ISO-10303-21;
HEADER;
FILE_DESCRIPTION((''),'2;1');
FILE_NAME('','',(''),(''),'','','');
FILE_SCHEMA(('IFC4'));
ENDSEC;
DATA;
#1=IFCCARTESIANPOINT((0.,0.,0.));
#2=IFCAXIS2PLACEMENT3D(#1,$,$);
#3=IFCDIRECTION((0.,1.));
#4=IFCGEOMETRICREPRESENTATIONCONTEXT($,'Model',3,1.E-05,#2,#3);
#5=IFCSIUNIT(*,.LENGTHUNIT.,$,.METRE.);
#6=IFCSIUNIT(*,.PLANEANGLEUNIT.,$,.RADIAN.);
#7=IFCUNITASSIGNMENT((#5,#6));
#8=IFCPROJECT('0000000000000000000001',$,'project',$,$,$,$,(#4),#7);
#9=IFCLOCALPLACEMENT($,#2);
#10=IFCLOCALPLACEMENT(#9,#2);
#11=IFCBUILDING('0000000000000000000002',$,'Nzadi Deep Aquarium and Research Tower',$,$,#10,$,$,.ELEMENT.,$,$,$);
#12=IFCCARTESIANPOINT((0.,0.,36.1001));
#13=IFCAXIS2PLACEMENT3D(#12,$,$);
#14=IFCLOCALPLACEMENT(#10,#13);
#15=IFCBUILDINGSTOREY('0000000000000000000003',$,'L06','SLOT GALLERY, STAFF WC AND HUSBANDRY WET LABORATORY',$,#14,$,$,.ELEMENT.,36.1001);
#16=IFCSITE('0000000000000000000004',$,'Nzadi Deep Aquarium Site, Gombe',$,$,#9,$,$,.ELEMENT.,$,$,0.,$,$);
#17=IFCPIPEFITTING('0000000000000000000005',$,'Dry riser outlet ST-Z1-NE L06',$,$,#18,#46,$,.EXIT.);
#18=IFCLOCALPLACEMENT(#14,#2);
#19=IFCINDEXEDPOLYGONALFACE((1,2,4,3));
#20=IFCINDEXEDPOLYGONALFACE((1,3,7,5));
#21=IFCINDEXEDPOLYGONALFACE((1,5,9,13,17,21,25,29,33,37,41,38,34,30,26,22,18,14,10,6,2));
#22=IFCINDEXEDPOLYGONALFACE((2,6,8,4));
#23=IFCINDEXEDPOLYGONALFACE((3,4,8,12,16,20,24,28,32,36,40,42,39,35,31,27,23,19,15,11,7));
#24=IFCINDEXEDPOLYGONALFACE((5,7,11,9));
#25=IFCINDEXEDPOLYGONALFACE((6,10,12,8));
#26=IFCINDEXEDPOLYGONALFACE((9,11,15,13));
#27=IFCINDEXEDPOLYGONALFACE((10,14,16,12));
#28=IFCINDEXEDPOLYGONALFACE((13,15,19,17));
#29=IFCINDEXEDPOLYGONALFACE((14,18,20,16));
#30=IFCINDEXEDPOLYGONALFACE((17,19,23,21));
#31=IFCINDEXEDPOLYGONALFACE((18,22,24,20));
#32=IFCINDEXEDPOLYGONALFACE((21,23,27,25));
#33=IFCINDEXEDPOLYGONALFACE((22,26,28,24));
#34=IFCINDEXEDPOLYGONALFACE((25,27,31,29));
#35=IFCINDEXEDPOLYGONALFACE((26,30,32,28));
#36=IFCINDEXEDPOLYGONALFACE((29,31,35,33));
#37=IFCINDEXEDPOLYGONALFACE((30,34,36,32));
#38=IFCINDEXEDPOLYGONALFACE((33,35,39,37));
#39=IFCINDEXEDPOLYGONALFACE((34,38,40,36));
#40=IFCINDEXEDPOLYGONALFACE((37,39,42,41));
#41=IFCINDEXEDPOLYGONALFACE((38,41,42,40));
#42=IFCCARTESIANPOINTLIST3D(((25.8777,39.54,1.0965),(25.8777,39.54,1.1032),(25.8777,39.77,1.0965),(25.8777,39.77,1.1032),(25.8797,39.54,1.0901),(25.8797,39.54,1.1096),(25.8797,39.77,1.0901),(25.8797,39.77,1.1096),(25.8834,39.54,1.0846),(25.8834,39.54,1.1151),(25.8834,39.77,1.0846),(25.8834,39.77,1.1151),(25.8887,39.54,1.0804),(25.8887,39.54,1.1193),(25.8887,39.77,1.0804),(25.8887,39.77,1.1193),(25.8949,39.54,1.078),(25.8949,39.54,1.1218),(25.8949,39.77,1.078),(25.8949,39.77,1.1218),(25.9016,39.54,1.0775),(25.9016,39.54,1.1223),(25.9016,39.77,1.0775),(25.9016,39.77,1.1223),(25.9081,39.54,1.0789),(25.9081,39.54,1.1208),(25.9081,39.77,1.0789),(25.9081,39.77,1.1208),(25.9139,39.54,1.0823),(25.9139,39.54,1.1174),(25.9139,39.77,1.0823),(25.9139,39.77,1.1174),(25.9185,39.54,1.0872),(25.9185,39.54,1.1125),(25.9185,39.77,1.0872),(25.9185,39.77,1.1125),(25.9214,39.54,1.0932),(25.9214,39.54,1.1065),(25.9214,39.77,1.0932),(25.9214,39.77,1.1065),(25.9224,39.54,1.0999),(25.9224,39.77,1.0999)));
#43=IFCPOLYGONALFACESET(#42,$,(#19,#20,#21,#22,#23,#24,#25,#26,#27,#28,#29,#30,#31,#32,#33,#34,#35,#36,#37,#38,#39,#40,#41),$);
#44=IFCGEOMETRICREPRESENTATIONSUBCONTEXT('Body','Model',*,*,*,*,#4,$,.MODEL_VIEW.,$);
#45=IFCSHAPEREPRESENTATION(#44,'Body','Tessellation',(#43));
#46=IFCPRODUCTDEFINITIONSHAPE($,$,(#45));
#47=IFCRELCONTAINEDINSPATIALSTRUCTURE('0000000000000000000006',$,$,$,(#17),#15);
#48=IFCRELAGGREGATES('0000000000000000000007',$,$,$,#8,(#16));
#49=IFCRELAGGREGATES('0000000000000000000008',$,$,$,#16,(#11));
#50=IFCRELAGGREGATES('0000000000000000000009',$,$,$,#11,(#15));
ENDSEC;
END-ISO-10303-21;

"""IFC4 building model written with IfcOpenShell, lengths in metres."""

from ifc_helpers import new_model, si_unit, direction, frame, origin, origin_2d, place, context, subcontext, project, spatial, circle, extrude, element, save


model = new_model("IFC4")

# Units and contexts
model_context = context("Model", 3, precision=1e-05, world=origin(), true_north=direction((0.0, 1.0)))
body_context = subcontext(model_context, "Body", "Model", "MODEL_VIEW")
ifc_project = project(units=[si_unit("LENGTHUNIT", "METRE"), si_unit("PLANEANGLEUNIT", "RADIAN")], contexts=[model_context])

# Site, building, storey
site_placement = place(None, origin())
site = spatial("IfcSite", under=ifc_project, at=site_placement, Name="Nzadi Deep Aquarium Site, Gombe", CompositionType="ELEMENT", RefElevation=0.0)
building_placement = place(site_placement, origin())
building = spatial("IfcBuilding", under=site, at=building_placement, Name="Nzadi Deep Aquarium and Research Tower", CompositionType="ELEMENT")
storey_placement = place(building_placement, frame((0.0, 0.0, 36.1001)))
storey = spatial("IfcBuildingStorey", under=building, at=storey_placement, Name="L06", Description="SLOT GALLERY, STAFF WC AND HUSBANDRY WET LABORATORY", CompositionType="ELEMENT", Elevation=36.1001)

# Pipe fitting
pipe_fitting_placement = place(storey_placement, frame((25.8999, 39.77, 1.0999), z_axis=(0.0, -1.0, 0.0), x_axis=(1.0, 0.0, 0.0)))
element("IfcPipeFitting", 1, at=pipe_fitting_placement, inside=storey, Name="Dry riser outlet ST-Z1-NE L06", PredefinedType="EXIT", context=body_context, shape_type="SweptSolid", body=[
    extrude(circle(Radius=0.0225, at=origin_2d()), origin(), (0.0, 0.0, 1.0), 0.23),
])

save(model, "model.ifc")
